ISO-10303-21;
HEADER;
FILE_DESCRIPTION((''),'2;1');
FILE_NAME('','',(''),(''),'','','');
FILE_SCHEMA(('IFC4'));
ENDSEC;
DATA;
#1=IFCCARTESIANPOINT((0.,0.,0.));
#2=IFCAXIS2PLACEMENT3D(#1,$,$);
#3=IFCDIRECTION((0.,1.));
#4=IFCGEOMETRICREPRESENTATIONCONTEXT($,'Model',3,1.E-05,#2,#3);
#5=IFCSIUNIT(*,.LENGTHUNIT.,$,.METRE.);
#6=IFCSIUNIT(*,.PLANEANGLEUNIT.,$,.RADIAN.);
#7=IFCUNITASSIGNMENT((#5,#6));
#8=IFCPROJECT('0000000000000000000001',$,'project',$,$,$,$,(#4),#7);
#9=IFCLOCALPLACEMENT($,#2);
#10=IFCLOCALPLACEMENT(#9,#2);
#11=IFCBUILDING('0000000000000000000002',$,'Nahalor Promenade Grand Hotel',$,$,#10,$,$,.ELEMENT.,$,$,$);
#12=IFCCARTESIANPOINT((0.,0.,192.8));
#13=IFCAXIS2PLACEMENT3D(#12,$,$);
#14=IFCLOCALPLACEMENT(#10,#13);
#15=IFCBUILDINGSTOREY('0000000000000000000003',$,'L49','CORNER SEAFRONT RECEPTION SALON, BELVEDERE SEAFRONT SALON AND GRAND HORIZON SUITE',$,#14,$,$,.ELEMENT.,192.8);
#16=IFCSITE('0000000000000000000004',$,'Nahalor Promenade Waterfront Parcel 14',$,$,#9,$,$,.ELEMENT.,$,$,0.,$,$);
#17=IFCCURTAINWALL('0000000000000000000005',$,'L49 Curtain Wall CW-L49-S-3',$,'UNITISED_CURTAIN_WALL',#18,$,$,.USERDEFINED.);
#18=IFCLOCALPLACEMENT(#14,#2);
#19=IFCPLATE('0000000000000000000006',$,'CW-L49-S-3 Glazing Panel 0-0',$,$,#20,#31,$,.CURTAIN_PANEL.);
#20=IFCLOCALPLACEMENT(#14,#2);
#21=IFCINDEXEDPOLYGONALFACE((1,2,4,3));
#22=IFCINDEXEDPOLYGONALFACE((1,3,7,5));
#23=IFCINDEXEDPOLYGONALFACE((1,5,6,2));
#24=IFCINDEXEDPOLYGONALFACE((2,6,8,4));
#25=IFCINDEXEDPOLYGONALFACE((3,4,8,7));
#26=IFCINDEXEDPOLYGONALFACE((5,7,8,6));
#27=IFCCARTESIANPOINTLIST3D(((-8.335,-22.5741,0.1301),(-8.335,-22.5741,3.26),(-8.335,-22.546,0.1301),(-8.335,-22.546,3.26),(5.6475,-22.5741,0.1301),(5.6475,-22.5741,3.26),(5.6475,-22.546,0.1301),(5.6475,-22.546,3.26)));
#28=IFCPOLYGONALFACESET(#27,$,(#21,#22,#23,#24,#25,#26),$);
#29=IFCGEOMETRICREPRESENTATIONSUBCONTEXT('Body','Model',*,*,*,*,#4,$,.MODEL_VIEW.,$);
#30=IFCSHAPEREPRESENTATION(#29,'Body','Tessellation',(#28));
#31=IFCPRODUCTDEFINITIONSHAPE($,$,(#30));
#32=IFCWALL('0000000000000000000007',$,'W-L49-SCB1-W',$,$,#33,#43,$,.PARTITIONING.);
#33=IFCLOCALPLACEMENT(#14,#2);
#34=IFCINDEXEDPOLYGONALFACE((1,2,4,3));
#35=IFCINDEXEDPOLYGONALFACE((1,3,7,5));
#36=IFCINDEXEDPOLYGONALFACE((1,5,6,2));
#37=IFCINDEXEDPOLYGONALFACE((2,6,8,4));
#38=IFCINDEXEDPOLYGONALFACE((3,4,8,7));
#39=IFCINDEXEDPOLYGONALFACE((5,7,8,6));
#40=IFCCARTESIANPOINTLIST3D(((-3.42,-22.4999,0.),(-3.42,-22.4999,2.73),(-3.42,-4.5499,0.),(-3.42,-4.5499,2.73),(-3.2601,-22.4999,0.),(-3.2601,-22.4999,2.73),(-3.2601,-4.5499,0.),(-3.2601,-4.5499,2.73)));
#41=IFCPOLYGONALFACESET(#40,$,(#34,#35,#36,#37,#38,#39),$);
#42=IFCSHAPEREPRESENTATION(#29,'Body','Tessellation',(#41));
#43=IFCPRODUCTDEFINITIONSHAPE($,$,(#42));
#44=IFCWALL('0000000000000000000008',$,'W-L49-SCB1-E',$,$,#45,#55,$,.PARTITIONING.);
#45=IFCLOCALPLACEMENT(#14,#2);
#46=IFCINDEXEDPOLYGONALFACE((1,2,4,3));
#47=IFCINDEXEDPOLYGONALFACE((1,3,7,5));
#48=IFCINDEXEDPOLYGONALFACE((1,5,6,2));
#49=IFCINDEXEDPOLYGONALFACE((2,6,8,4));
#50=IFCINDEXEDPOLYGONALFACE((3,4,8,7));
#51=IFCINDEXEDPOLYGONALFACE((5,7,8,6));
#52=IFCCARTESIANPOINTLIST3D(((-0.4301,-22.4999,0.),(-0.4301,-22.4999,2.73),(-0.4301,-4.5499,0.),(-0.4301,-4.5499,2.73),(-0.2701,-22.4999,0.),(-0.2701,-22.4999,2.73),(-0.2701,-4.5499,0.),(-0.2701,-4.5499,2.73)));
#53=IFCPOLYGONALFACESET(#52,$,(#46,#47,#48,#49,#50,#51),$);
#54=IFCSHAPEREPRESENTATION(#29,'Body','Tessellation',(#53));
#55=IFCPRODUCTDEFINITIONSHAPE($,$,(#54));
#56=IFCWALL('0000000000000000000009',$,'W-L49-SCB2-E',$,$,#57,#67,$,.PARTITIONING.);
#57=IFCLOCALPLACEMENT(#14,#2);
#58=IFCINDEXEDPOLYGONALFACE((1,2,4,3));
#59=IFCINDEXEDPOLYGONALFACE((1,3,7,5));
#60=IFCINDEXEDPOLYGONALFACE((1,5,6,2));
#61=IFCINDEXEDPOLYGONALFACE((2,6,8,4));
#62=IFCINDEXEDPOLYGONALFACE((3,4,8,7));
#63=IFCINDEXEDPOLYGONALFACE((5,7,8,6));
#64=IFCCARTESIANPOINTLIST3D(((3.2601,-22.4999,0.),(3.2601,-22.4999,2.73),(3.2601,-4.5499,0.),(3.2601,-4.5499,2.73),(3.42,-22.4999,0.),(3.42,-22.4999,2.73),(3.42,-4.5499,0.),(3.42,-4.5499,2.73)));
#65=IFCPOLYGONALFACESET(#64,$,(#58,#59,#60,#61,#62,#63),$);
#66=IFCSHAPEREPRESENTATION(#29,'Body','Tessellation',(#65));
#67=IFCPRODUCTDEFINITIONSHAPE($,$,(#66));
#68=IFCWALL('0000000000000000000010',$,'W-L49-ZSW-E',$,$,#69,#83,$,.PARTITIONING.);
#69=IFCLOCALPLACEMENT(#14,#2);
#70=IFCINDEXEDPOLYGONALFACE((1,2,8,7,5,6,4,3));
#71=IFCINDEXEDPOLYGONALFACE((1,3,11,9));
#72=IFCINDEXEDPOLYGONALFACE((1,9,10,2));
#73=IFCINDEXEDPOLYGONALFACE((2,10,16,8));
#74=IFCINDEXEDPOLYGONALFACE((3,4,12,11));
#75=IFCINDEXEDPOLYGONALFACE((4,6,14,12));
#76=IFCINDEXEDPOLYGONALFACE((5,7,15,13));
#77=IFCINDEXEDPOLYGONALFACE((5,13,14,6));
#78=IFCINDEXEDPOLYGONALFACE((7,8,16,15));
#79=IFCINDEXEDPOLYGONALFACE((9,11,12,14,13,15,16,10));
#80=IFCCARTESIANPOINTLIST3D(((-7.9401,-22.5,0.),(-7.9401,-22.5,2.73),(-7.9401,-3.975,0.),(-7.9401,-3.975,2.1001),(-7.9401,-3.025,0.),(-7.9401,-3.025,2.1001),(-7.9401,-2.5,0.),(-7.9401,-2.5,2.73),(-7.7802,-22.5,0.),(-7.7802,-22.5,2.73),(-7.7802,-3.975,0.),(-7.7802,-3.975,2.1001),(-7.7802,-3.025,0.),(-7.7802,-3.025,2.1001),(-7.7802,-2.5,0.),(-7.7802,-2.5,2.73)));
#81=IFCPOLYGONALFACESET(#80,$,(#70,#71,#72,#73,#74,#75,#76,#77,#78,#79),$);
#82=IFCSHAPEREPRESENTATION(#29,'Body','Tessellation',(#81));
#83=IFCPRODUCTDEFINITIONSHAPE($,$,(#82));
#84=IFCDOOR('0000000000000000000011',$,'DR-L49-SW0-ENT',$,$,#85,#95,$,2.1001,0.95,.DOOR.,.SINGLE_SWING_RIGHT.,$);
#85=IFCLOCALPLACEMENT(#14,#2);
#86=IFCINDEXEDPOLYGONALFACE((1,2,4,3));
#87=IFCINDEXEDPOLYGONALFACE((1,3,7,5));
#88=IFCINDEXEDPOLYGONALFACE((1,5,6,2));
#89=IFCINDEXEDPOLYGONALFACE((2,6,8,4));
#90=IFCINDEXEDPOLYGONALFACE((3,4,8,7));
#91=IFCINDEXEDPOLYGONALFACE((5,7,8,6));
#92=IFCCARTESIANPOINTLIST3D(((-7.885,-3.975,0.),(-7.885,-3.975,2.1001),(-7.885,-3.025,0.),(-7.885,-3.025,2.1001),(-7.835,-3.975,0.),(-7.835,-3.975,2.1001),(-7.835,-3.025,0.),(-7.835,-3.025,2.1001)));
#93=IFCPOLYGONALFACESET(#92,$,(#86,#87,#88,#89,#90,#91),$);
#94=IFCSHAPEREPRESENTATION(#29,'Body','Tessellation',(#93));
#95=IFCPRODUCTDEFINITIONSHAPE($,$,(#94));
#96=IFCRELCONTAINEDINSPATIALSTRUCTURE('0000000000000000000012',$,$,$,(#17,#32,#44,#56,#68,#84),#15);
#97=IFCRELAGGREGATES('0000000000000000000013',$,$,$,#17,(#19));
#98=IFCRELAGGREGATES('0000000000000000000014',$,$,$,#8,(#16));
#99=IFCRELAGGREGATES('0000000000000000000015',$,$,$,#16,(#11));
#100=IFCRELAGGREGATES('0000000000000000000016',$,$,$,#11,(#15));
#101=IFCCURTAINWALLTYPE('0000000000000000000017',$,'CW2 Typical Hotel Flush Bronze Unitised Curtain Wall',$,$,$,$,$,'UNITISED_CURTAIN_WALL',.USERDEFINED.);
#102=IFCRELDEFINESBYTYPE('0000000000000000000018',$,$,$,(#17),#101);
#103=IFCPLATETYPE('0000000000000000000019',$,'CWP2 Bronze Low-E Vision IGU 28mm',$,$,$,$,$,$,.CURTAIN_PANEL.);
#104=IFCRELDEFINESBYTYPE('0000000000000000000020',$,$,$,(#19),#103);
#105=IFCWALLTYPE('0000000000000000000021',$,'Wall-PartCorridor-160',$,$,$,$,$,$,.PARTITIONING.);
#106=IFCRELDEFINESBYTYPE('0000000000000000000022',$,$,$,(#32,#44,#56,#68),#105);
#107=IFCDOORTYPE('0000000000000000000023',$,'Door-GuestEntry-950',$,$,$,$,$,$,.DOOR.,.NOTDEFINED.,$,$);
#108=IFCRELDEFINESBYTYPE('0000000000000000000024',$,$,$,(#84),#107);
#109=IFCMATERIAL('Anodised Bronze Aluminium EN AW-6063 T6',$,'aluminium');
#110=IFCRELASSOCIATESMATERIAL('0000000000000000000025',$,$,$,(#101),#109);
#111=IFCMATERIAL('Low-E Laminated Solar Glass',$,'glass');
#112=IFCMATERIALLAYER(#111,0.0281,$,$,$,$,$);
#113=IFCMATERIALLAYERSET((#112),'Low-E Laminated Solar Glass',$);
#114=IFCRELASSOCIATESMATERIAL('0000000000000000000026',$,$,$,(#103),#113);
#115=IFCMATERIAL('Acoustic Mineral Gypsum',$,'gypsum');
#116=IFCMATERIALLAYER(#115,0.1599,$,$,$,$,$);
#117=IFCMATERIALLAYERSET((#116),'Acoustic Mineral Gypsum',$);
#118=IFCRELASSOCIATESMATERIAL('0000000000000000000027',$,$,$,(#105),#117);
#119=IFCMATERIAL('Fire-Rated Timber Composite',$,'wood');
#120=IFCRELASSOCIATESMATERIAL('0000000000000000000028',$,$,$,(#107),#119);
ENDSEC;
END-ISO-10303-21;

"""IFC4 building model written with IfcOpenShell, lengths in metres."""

from ifc_helpers import new_model, si_unit, direction, frame, frame_2d, origin, origin_2d, place, context, subcontext, project, spatial, rectangle, extrude, source, transform, mapped, material, layer, layer_set, type_object, element, fill, aggregate, save


model = new_model("IFC4")

# Units and contexts
model_context = context("Model", 3, precision=1e-05, world=origin(), true_north=direction((0.0, 1.0)))
body_context = subcontext(model_context, "Body", "Model", "MODEL_VIEW")
ifc_project = project(units=[si_unit("LENGTHUNIT", "METRE"), si_unit("PLANEANGLEUNIT", "RADIAN")], contexts=[model_context])

# Site, building, storey
site_placement = place(None, origin())
site = spatial("IfcSite", under=ifc_project, at=site_placement, Name="Nahalor Promenade Waterfront Parcel 14", CompositionType="ELEMENT", RefElevation=0.0)
building_placement = place(site_placement, origin())
building = spatial("IfcBuilding", under=site, at=building_placement, Name="Nahalor Promenade Grand Hotel", CompositionType="ELEMENT")
storey_placement = place(building_placement, frame((0.0, 0.0, 192.8)))
storey = spatial("IfcBuildingStorey", under=building, at=storey_placement, Name="L49", Description="CORNER SEAFRONT RECEPTION SALON, BELVEDERE SEAFRONT SALON AND GRAND HORIZON SUITE", CompositionType="ELEMENT", Elevation=192.8)

# Curtain wall, plate
ifc_material_1 = material(Name="Anodised Bronze Aluminium EN AW-6063 T6", Category="aluminium")
curtain_wall_type = type_object("IfcCurtainWallType", Name="CW2 Typical Hotel Flush Bronze Unitised Curtain Wall", ElementType="UNITISED_CURTAIN_WALL", PredefinedType="USERDEFINED", material=ifc_material_1)
curtain_wall_placement = place(storey_placement, origin())
curtain_wall = element("IfcCurtainWall", 1, at=curtain_wall_placement, inside=storey, type_object=curtain_wall_type, Name="L49 Curtain Wall CW-L49-S-3", ObjectType="UNITISED_CURTAIN_WALL", PredefinedType="USERDEFINED")
ifc_material_2 = material(Name="Low-E Laminated Solar Glass", Category="glass")
ifc_layer_1 = layer(ifc_material_2, 0.0281)
ifc_layer_set_1 = layer_set([ifc_layer_1], Name="Low-E Laminated Solar Glass")
plate_type = type_object("IfcPlateType", Name="CWP2 Bronze Low-E Vision IGU 28mm", PredefinedType="CURTAIN_PANEL", material=ifc_layer_set_1)
shared_shape_1 = source(origin(), body_context, "Body", "SweptSolid", [
    extrude(rectangle(XDim=13.9824, YDim=0.0281, at=origin_2d()), origin(), (0.0, 0.0, 1.0), 3.1299),
])
plate_placement = place(storey_placement, frame((-1.3438, -22.5601, 0.1301), z_axis=(0.0, 0.0, 1.0), x_axis=(1.0, 0.0, 0.0)))
plate = element("IfcPlate", 2, at=plate_placement, type_object=plate_type, Name="CW-L49-S-3 Glazing Panel 0-0", PredefinedType="CURTAIN_PANEL", context=body_context, shape_type="MappedRepresentation", body=[
    mapped(shared_shape_1, transform((0.0, 0.0, 0.0), scale=1.0)),
])
aggregate(curtain_wall, [plate])

# Walls
ifc_material_3 = material(Name="Acoustic Mineral Gypsum", Category="gypsum")
ifc_layer_2 = layer(ifc_material_3, 0.1599)
ifc_layer_set_2 = layer_set([ifc_layer_2], Name="Acoustic Mineral Gypsum")
wall_type = type_object("IfcWallType", Name="Wall-PartCorridor-160", PredefinedType="PARTITIONING", material=ifc_layer_set_2)
shared_shape_2 = source(origin(), body_context, "Body", "SweptSolid", [
    extrude(rectangle(XDim=17.95, YDim=0.1599, at=frame_2d((8.9751, 0.0))), origin(), (0.0, 0.0, 1.0), 2.73),
])
for number, where, z_axis, x_axis, name in (
    (3, (-3.3401, -22.5, 0.0), (0.0, 0.0, 1.0), (0.0, 1.0, 0.0), "W-L49-SCB1-W"),
    (4, (-0.3501, -22.5, 0.0), (0.0, 0.0, 1.0), (0.0, 1.0, 0.0), "W-L49-SCB1-E"),
    (5, (3.3401, -22.5, 0.0), (0.0, 0.0, 1.0), (0.0, 1.0, 0.0), "W-L49-SCB2-E"),
):
    element("IfcWall", number, at=place(storey_placement, frame(where, z_axis=z_axis, x_axis=x_axis)), inside=storey, type_object=wall_type, Name=name, PredefinedType="PARTITIONING", context=body_context, shape_type="MappedRepresentation", body=[
        mapped(shared_shape_2, transform((0.0, 0.0, 0.0), scale=1.0)),
    ])

# Wall, opening, door
shared_shape_3 = source(origin(), body_context, "Body", "SweptSolid", [
    extrude(rectangle(XDim=20.0, YDim=0.1599, at=frame_2d((10.0, 0.0))), origin(), (0.0, 0.0, 1.0), 2.73),
])
wall_placement = place(storey_placement, frame((-7.8601, -22.5, 0.0), z_axis=(0.0, 0.0, 1.0), x_axis=(0.0, 1.0, 0.0)))
wall = element("IfcWall", 6, at=wall_placement, inside=storey, type_object=wall_type, Name="W-L49-ZSW-E", PredefinedType="PARTITIONING", context=body_context, shape_type="MappedRepresentation", body=[
    mapped(shared_shape_3, transform((0.0, 0.0, 0.0), scale=1.0)),
])
opening_placement = place(wall_placement, frame((18.5249, 0.0, 0.0)))
opening = element("IfcOpeningElement", 7, at=opening_placement, cuts=wall, PredefinedType="OPENING", context=body_context, shape_type="SweptSolid", body=[
    extrude(rectangle(XDim=0.95, YDim=2.1001, at=frame_2d((0.4751, 1.05))), frame((0.0, 0.0898, 0.0), z_axis=(0.0, -1.0, 0.0), x_axis=(1.0, 0.0, 0.0)), (0.0, 0.0, 1.0), 0.1799),
])
ifc_material_4 = material(Name="Fire-Rated Timber Composite", Category="wood")
door_type = type_object("IfcDoorType", Name="Door-GuestEntry-950", OperationType="NOTDEFINED", PredefinedType="DOOR", material=ifc_material_4)
shared_shape_4 = source(origin(), body_context, "Body", "SweptSolid", [
    extrude(rectangle(XDim=0.95, YDim=2.1001, at=frame_2d((0.4751, 1.05))), frame((0.0, 0.0249, 0.0), z_axis=(0.0, -1.0, 0.0), x_axis=(1.0, 0.0, 0.0)), (0.0, 0.0, 1.0), 0.05),
])
door_placement = place(opening_placement, origin())
door = element("IfcDoor", 8, at=door_placement, inside=storey, type_object=door_type, Name="DR-L49-SW0-ENT", OperationType="SINGLE_SWING_RIGHT", OverallHeight=2.1001, OverallWidth=0.95, PredefinedType="DOOR", context=body_context, shape_type="MappedRepresentation", body=[
    mapped(shared_shape_4, transform((0.0, 0.0, 0.0), scale=1.0)),
])
fill(opening, door)

save(model, "model.ifc")
